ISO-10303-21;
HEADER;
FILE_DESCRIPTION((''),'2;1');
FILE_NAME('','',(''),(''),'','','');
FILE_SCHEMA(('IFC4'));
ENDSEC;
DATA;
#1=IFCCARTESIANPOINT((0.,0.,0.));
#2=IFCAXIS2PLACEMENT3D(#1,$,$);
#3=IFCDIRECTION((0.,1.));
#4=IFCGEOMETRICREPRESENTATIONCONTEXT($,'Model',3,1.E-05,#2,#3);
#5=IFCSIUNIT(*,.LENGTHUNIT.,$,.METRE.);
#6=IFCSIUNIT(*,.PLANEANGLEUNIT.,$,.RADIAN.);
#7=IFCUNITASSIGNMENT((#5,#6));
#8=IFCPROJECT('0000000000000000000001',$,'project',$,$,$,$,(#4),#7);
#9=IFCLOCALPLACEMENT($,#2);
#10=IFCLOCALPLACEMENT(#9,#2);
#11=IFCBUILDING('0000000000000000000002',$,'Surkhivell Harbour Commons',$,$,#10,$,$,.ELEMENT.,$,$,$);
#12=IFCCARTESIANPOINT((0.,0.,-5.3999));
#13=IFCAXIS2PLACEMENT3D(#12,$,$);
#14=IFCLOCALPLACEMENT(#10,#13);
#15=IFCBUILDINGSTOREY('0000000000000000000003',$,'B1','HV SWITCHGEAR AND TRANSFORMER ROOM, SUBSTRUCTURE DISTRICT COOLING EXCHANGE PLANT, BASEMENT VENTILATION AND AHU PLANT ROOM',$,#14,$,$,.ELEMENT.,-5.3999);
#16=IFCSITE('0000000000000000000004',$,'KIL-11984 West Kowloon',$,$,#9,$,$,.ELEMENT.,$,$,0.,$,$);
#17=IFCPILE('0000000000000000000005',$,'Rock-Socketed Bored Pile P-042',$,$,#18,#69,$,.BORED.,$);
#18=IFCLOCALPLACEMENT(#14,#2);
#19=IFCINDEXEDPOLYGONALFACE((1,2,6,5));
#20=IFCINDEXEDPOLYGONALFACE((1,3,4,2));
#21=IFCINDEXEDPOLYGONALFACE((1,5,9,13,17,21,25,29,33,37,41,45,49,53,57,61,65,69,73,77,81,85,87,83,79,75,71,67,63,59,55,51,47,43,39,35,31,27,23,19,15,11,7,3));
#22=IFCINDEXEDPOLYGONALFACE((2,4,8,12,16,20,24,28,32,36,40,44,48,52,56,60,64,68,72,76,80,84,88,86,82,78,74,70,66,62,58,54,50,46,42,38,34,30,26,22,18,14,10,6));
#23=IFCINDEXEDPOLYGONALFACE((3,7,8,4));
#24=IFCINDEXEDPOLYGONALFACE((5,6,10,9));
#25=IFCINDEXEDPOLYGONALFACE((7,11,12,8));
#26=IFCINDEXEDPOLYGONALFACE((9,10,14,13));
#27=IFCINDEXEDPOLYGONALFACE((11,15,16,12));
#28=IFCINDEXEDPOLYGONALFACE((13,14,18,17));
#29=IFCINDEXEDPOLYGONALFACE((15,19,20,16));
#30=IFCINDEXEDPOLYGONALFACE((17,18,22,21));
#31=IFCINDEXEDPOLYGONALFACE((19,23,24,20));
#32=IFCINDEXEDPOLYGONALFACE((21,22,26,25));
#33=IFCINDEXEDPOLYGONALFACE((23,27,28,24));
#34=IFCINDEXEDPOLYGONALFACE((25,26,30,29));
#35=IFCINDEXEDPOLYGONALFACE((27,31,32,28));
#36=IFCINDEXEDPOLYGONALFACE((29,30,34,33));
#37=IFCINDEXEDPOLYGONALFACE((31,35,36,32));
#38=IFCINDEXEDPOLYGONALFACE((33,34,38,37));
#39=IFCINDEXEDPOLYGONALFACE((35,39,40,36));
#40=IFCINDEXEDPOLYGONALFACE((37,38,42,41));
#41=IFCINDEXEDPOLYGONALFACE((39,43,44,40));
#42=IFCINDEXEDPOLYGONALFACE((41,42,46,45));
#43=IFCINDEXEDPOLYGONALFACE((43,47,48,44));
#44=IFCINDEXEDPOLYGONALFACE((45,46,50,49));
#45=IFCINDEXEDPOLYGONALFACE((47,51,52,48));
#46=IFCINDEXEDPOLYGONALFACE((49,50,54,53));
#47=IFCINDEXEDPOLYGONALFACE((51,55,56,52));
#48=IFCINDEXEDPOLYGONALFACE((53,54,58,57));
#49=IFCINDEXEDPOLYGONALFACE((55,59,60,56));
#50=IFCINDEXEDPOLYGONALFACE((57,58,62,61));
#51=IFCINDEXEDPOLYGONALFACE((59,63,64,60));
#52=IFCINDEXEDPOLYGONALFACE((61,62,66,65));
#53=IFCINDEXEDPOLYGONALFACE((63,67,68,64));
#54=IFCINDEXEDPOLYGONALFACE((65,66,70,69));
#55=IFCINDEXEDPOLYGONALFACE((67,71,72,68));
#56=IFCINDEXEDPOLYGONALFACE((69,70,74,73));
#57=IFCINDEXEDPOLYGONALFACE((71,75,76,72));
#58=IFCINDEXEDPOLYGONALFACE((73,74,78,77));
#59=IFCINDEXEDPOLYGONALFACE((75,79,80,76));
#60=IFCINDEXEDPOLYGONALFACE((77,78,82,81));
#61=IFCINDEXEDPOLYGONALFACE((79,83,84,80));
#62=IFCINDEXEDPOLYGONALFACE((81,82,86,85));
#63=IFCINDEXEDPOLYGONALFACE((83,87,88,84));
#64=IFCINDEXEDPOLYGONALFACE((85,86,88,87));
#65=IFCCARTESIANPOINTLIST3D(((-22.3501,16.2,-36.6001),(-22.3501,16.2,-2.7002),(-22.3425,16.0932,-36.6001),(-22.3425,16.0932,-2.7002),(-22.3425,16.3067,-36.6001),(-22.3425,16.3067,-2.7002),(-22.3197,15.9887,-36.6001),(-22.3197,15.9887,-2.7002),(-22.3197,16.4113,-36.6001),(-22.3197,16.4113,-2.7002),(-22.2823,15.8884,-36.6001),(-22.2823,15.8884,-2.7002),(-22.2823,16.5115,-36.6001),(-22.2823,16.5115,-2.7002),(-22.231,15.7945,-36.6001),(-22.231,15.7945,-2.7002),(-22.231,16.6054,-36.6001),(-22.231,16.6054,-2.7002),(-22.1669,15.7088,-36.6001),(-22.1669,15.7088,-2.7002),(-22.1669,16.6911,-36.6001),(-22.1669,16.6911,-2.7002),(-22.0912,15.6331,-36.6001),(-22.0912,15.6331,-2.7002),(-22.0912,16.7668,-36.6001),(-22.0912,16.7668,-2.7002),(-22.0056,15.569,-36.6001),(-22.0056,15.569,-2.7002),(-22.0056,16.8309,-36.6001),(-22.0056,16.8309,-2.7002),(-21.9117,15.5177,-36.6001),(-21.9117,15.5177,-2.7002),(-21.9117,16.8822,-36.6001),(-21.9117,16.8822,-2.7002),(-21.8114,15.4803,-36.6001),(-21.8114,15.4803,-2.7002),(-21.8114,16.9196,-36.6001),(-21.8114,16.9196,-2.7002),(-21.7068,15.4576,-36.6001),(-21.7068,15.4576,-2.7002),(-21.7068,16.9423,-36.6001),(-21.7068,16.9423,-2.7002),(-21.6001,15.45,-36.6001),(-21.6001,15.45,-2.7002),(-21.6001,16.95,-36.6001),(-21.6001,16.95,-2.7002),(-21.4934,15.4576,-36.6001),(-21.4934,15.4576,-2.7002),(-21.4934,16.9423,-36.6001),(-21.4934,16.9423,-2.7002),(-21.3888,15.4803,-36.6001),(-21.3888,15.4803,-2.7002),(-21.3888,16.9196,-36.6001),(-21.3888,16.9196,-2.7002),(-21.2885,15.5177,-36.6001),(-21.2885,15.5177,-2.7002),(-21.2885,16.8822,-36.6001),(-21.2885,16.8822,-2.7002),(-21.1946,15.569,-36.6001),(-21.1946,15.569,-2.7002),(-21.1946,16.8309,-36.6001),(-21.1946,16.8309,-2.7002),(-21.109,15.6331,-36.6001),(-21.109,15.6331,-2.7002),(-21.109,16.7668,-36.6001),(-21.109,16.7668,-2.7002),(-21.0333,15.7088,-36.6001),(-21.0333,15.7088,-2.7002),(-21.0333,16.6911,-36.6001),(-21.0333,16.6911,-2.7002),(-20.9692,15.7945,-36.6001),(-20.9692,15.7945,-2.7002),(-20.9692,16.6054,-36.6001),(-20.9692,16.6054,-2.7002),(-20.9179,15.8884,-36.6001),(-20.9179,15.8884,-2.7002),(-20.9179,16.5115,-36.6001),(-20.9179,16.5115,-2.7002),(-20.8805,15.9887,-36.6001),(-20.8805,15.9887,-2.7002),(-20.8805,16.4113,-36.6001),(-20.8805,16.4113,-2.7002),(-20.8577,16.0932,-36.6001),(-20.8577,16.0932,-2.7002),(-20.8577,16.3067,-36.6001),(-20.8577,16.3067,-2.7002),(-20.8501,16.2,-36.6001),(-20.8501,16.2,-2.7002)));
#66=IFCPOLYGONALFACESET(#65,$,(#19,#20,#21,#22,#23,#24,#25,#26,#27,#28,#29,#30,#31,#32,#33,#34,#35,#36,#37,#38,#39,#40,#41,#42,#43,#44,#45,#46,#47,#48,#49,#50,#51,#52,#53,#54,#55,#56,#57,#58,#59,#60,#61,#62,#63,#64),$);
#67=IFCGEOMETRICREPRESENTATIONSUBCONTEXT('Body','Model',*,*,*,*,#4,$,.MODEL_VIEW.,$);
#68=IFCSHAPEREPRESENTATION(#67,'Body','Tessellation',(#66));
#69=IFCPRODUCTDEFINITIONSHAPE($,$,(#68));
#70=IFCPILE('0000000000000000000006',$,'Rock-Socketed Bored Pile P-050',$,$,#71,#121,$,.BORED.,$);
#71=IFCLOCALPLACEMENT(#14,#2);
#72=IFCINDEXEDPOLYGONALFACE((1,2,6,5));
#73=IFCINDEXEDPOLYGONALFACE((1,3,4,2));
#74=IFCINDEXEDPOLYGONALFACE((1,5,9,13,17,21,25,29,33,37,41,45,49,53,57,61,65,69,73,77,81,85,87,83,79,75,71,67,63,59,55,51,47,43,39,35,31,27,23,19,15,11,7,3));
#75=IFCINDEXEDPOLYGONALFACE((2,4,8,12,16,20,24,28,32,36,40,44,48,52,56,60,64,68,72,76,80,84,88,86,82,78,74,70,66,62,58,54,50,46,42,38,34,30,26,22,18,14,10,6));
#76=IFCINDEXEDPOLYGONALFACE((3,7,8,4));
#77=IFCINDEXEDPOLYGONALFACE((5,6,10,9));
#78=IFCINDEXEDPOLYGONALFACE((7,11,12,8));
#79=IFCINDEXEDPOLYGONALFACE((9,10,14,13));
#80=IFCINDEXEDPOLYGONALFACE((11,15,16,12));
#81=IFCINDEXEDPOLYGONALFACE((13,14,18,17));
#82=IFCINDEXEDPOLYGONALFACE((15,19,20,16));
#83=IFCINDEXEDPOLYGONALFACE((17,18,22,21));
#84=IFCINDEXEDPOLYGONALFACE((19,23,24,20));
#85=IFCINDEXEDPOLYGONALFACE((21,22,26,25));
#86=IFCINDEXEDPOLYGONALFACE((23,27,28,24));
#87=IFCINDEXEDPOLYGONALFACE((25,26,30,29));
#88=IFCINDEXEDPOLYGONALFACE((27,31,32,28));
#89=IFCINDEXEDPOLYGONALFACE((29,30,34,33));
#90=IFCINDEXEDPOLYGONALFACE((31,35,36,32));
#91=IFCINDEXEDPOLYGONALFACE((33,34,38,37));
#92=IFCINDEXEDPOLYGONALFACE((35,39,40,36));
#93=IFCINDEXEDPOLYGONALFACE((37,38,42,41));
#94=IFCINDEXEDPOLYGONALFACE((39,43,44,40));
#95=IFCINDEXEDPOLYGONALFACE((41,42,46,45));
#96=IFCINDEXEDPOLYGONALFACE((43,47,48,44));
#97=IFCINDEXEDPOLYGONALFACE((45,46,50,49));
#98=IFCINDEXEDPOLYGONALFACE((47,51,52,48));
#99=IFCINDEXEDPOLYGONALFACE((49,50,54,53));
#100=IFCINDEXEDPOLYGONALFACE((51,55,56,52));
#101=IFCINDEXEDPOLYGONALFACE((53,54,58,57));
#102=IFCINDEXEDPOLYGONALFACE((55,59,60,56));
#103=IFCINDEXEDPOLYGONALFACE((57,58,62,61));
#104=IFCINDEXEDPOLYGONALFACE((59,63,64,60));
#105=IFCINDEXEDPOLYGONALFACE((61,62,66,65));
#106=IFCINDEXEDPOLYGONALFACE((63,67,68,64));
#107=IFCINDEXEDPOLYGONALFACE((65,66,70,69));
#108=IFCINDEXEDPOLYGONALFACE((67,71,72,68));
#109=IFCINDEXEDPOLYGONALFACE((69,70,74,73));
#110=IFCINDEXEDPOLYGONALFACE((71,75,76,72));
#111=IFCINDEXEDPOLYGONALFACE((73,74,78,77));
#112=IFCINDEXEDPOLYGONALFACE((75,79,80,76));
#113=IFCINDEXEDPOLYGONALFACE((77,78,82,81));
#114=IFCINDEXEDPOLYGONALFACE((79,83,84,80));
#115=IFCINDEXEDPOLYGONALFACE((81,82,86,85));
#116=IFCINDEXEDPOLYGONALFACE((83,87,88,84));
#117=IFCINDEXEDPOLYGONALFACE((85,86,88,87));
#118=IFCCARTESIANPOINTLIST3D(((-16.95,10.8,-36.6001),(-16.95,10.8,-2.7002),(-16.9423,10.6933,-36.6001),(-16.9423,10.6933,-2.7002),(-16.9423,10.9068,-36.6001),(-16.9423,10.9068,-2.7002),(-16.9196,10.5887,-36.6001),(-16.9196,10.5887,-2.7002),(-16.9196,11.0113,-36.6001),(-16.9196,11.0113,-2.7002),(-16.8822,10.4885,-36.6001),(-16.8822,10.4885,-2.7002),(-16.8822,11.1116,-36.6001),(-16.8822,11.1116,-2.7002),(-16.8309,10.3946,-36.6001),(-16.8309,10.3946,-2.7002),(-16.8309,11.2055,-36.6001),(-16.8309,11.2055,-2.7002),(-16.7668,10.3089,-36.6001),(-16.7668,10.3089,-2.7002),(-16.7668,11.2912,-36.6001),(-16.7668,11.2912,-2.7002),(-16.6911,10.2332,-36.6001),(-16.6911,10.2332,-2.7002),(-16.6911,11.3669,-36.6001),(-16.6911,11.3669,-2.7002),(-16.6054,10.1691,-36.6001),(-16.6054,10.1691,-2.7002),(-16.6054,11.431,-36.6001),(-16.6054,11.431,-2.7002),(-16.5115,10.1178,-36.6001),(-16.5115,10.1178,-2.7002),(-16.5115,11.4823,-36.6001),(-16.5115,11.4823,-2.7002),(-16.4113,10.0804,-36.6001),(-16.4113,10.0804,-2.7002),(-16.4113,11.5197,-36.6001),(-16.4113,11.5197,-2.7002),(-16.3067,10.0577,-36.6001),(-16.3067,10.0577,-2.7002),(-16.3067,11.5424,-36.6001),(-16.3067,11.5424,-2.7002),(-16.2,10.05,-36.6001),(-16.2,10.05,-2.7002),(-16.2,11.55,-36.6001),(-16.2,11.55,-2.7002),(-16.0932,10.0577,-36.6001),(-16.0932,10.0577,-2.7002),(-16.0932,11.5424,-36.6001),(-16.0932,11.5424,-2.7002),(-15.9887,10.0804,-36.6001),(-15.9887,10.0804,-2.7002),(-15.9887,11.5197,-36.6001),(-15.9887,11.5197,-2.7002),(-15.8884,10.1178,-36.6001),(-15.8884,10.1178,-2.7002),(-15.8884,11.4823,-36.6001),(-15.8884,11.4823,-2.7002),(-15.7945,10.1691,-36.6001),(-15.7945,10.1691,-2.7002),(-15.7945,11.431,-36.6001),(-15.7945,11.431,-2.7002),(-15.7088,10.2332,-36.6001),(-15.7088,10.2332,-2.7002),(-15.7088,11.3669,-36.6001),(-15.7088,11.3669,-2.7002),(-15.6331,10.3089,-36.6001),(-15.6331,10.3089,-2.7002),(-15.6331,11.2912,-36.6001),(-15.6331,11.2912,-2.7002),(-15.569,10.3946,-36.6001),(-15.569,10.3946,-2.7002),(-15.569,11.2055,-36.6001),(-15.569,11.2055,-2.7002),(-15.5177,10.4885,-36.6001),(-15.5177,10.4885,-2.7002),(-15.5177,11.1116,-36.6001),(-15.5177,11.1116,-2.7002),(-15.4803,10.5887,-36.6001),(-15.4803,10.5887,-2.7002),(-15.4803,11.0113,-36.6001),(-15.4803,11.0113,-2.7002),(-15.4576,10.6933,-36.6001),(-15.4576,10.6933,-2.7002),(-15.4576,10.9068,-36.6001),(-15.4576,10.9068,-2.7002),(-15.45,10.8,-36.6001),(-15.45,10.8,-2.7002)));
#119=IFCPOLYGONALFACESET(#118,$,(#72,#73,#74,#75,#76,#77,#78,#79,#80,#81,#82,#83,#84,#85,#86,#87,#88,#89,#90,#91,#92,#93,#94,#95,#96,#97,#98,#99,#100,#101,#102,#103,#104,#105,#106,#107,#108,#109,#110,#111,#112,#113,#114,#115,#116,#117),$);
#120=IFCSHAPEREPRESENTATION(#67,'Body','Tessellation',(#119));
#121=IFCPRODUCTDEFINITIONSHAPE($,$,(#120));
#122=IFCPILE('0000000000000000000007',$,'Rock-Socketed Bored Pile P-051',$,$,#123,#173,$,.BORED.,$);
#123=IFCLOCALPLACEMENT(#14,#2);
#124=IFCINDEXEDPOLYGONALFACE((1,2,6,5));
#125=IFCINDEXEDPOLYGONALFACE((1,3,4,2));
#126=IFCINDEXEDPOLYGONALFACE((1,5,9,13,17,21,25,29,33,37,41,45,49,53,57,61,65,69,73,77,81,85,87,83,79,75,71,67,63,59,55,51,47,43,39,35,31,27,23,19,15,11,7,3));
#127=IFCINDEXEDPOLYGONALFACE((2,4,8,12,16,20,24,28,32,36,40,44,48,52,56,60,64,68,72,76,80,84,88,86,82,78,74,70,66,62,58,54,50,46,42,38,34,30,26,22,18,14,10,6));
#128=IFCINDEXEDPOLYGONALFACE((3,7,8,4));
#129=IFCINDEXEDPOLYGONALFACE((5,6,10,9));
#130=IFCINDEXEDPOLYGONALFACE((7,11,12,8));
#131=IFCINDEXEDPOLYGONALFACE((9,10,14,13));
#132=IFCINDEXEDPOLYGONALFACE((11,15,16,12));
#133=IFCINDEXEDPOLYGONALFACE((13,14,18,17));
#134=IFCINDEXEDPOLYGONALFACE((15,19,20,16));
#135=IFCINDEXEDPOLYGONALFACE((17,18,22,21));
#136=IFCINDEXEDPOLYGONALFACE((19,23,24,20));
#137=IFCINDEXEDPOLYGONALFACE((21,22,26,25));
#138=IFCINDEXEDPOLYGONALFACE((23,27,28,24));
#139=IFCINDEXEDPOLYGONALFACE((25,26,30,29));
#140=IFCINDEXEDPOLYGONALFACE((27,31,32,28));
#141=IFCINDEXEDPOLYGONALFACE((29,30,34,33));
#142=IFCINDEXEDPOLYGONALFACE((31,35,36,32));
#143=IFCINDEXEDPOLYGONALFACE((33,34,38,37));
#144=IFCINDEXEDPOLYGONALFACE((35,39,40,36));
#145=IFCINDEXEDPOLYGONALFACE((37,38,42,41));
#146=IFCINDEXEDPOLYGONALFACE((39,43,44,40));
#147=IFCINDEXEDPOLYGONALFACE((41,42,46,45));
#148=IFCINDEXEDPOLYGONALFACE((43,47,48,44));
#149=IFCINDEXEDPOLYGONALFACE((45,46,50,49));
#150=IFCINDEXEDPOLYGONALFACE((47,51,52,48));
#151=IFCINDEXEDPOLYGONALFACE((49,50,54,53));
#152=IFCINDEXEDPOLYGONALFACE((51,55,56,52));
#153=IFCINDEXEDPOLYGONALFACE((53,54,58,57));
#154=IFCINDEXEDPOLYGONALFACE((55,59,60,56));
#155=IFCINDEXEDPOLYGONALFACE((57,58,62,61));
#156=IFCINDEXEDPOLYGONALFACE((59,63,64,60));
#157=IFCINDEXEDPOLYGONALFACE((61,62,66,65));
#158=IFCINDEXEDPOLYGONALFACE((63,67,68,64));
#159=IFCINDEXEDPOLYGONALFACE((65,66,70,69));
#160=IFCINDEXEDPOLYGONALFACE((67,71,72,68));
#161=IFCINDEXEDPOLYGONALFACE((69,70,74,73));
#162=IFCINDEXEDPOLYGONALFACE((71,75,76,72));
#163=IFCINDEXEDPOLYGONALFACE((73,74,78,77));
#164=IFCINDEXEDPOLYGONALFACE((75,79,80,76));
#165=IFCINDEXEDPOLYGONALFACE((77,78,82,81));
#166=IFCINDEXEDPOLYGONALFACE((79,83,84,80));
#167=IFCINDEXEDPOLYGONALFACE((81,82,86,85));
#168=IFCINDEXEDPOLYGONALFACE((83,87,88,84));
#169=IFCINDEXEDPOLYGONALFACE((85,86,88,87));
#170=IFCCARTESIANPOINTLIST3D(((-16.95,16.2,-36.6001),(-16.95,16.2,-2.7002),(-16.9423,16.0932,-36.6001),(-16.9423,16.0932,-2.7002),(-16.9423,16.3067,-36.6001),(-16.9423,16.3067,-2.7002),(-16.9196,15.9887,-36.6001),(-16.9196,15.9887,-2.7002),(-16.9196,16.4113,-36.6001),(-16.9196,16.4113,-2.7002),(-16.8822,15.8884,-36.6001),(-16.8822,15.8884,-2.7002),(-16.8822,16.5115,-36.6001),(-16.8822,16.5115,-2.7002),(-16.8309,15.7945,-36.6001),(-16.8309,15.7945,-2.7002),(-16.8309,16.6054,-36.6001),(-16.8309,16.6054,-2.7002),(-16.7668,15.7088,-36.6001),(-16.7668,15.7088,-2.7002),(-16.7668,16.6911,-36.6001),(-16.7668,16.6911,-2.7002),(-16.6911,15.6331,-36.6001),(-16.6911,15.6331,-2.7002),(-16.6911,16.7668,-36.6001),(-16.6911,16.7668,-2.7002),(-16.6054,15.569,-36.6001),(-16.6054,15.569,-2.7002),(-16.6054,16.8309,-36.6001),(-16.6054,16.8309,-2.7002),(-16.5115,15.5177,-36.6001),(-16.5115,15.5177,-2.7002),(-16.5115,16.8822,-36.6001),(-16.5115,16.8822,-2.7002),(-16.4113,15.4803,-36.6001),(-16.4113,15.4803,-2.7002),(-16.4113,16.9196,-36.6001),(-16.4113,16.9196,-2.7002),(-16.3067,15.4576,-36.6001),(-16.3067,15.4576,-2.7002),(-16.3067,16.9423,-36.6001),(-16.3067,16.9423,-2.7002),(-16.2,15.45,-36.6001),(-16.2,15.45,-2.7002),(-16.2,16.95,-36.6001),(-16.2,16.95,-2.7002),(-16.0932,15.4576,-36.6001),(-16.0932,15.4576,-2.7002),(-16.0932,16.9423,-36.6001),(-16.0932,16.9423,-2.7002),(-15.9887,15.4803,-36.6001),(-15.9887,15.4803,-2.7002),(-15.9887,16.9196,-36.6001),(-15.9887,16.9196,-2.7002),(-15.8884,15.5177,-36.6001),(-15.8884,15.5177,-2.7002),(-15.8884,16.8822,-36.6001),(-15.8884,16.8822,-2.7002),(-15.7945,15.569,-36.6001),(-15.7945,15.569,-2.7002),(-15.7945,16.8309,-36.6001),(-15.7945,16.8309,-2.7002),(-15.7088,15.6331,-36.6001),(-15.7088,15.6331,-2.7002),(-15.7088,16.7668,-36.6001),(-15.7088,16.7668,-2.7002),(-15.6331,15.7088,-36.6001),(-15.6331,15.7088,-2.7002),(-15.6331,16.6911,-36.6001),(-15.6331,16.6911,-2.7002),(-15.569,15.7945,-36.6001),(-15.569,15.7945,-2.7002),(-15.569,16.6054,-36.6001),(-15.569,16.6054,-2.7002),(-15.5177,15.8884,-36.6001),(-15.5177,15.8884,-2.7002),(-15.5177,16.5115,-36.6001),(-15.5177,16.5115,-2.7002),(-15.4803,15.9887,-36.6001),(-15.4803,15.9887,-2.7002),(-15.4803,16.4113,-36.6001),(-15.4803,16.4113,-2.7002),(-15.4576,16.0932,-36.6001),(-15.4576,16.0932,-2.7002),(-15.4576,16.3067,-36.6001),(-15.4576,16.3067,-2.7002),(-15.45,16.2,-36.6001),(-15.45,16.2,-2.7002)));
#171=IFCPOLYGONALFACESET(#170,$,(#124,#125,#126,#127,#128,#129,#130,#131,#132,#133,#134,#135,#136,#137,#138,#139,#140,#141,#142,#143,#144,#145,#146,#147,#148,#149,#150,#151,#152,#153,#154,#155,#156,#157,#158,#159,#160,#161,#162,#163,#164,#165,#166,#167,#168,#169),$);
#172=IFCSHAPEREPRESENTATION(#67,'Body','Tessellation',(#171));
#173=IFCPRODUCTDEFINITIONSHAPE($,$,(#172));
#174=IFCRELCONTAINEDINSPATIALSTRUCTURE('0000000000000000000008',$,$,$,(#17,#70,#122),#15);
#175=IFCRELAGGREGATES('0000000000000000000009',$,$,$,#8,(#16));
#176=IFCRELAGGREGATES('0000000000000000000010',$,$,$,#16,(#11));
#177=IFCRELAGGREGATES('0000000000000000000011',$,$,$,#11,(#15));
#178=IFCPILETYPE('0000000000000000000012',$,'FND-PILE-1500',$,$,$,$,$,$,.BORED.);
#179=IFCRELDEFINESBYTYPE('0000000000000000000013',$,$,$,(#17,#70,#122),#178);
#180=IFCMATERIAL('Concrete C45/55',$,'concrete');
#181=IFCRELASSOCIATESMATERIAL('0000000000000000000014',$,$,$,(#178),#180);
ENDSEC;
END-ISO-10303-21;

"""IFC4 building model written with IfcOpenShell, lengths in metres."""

from ifc_helpers import new_model, si_unit, direction, frame, origin, origin_2d, place, context, subcontext, project, spatial, circle, extrude, material, material_profile, profile_set, type_object, element, save


model = new_model("IFC4")

# Units and contexts
model_context = context("Model", 3, precision=1e-05, world=origin(), true_north=direction((0.0, 1.0)))
body_context = subcontext(model_context, "Body", "Model", "MODEL_VIEW")
ifc_project = project(units=[si_unit("LENGTHUNIT", "METRE"), si_unit("PLANEANGLEUNIT", "RADIAN")], contexts=[model_context])

# Site, building, storey
site_placement = place(None, origin())
site = spatial("IfcSite", under=ifc_project, at=site_placement, Name="KIL-11984 West Kowloon", CompositionType="ELEMENT", RefElevation=0.0)
building_placement = place(site_placement, origin())
building = spatial("IfcBuilding", under=site, at=building_placement, Name="Surkhivell Harbour Commons", CompositionType="ELEMENT")
storey_placement = place(building_placement, frame((0.0, 0.0, -5.3999)))
storey = spatial("IfcBuildingStorey", under=building, at=storey_placement, Name="B1", Description="HV SWITCHGEAR AND TRANSFORMER ROOM, SUBSTRUCTURE DISTRICT COOLING EXCHANGE PLANT, BASEMENT VENTILATION AND AHU PLANT ROOM", CompositionType="ELEMENT", Elevation=-5.3999)

# Piles
ifc_material_1 = material(Name="Concrete C45/55", Category="concrete")
ifc_material_profile_1 = material_profile(ifc_material_1, circle(Radius=0.75, at=origin_2d()), Name="PILE-1500")
ifc_profile_set_1 = profile_set([ifc_material_profile_1], Name="Concrete C45/55")
pile_type_1 = type_object("IfcPileType", Name="FND-PILE-1500", PredefinedType="BORED", material=ifc_profile_set_1)
for number, where, z_axis, x_axis, name in (
    (1, (-21.6001, 16.2, -2.7002), (0.0, 0.0, -1.0), (1.0, 0.0, 0.0), "Rock-Socketed Bored Pile P-042"),
    (2, (-16.2, 10.8, -2.7002), (0.0, 0.0, -1.0), (1.0, 0.0, 0.0), "Rock-Socketed Bored Pile P-050"),
    (3, (-16.2, 16.2, -2.7002), (0.0, 0.0, -1.0), (1.0, 0.0, 0.0), "Rock-Socketed Bored Pile P-051"),
):
    element("IfcPile", number, at=place(storey_placement, frame(where, z_axis=z_axis, x_axis=x_axis)), inside=storey, type_object=pile_type_1, Name=name, PredefinedType="BORED", context=body_context, shape_type="SweptSolid", body=[
        extrude(circle(Radius=0.75, at=origin_2d()), origin(), (0.0, 0.0, 1.0), 33.8999),
    ])

save(model, "model.ifc")
